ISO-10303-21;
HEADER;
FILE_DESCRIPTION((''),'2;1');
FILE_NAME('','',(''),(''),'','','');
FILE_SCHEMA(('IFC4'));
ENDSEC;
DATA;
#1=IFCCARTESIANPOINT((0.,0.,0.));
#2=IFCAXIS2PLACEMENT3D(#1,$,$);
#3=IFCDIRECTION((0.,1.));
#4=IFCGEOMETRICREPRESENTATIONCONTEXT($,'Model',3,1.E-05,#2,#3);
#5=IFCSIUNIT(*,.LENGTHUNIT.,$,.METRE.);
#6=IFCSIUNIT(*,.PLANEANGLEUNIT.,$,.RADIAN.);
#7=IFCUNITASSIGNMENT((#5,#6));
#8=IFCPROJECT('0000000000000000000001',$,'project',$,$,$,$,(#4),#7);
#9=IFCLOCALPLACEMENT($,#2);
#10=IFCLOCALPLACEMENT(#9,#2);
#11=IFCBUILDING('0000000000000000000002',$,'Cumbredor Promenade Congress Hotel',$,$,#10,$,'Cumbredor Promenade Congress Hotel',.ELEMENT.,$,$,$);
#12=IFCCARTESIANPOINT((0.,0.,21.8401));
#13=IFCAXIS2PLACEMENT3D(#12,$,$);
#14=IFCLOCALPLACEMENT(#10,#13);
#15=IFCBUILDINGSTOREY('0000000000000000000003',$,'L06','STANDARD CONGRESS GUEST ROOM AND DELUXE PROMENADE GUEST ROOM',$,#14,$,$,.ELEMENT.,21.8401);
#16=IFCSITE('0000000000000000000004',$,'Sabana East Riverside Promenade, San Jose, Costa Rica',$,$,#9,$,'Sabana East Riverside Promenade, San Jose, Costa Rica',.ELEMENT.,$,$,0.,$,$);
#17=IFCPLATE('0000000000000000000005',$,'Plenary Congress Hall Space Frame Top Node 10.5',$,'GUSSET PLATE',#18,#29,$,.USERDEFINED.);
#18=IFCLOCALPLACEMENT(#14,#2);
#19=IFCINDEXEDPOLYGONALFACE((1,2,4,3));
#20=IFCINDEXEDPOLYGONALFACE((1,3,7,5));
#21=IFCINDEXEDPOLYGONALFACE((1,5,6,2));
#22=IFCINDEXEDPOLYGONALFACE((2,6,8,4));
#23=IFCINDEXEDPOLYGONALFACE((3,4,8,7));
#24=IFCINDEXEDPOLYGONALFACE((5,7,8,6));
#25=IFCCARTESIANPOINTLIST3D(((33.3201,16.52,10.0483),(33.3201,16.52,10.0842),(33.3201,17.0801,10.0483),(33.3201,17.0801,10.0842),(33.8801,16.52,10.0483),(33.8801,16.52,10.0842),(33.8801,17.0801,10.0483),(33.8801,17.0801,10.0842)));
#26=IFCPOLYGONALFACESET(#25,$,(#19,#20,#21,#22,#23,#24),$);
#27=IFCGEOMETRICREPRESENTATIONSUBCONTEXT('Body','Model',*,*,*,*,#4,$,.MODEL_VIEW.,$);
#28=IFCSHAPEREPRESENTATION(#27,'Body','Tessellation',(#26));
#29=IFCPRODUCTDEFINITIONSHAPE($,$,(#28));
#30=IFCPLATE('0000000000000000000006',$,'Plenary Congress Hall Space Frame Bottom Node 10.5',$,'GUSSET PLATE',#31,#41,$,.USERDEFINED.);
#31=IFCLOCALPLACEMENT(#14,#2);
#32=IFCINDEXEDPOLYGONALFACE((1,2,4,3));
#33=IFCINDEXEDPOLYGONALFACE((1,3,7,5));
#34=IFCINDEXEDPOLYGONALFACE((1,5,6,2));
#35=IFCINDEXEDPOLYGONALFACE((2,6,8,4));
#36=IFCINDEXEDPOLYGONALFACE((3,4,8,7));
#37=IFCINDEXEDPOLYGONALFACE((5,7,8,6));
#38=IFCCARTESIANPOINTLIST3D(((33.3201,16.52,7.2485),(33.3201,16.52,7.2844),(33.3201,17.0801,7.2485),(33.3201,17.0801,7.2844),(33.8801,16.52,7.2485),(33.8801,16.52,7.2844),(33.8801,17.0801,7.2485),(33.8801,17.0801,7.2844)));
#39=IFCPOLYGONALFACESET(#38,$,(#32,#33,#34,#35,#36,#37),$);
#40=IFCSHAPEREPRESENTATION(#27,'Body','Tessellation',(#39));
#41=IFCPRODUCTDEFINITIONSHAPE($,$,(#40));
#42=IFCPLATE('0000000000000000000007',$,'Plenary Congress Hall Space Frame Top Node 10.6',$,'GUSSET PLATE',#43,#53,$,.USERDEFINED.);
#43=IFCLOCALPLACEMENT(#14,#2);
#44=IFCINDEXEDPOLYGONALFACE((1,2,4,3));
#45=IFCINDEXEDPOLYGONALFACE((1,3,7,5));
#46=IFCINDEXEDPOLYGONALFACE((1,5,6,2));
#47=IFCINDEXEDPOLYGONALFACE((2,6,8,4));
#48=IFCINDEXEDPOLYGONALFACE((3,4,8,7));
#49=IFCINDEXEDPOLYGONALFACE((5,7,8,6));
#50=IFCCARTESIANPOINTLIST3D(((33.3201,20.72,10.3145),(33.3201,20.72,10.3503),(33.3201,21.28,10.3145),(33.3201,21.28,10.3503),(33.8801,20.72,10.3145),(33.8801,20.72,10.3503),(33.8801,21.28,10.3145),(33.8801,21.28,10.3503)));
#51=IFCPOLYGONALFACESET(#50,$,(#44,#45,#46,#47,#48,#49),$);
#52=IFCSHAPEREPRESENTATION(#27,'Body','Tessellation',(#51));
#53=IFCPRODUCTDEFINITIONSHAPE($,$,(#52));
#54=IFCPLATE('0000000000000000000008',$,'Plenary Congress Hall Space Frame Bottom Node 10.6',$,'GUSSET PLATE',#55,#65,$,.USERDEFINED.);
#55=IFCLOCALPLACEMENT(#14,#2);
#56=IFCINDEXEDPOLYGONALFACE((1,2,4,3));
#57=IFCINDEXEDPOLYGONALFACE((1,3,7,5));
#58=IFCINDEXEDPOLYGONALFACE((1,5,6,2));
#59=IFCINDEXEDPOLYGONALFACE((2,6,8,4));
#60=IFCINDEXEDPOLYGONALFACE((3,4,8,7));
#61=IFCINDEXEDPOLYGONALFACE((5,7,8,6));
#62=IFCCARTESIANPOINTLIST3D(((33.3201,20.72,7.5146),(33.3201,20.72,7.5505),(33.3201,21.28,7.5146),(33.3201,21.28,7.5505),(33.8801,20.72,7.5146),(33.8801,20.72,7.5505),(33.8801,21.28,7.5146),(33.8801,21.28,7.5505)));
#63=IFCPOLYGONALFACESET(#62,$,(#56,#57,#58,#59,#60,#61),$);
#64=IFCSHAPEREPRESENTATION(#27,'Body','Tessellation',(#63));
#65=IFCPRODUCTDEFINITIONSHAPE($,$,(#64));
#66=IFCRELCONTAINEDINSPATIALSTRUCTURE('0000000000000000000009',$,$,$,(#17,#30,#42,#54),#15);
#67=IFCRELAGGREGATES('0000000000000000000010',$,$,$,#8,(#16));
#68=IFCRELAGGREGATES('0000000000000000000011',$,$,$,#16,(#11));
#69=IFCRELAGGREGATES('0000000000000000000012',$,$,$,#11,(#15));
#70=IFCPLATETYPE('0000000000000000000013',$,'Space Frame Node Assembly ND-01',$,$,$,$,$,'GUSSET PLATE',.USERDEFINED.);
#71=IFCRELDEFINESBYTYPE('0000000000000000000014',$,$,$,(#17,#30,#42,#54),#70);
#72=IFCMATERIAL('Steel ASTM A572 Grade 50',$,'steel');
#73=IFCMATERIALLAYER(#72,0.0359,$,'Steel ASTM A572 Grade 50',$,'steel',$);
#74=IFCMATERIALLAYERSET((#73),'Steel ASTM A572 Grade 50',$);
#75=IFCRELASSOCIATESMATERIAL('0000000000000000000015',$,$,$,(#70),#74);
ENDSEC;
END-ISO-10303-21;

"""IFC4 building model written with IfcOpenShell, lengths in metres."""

from ifc_helpers import new_model, si_unit, direction, frame, origin, origin_2d, place, context, subcontext, project, spatial, rectangle, extrude, material, layer, layer_set, type_object, element, save


model = new_model("IFC4")

# Units and contexts
model_context = context("Model", 3, precision=1e-05, world=origin(), true_north=direction((0.0, 1.0)))
body_context = subcontext(model_context, "Body", "Model", "MODEL_VIEW")
ifc_project = project(units=[si_unit("LENGTHUNIT", "METRE"), si_unit("PLANEANGLEUNIT", "RADIAN")], contexts=[model_context])

# Site, building, storey
site_placement = place(None, origin())
site = spatial("IfcSite", under=ifc_project, at=site_placement, Name="Sabana East Riverside Promenade, San Jose, Costa Rica", LongName="Sabana East Riverside Promenade, San Jose, Costa Rica", CompositionType="ELEMENT", RefElevation=0.0)
building_placement = place(site_placement, origin())
building = spatial("IfcBuilding", under=site, at=building_placement, Name="Cumbredor Promenade Congress Hotel", LongName="Cumbredor Promenade Congress Hotel", CompositionType="ELEMENT")
storey_placement = place(building_placement, frame((0.0, 0.0, 21.8401)))
storey = spatial("IfcBuildingStorey", under=building, at=storey_placement, Name="L06", Description="STANDARD CONGRESS GUEST ROOM AND DELUXE PROMENADE GUEST ROOM", CompositionType="ELEMENT", Elevation=21.8401)

# Plates
ifc_material_1 = material(Name="Steel ASTM A572 Grade 50", Category="steel")
ifc_layer = layer(ifc_material_1, 0.0359, Name="Steel ASTM A572 Grade 50", Category="steel")
ifc_layer_set = layer_set([ifc_layer], Name="Steel ASTM A572 Grade 50")
plate_type = type_object("IfcPlateType", Name="Space Frame Node Assembly ND-01", ElementType="GUSSET PLATE", PredefinedType="USERDEFINED", material=ifc_layer_set)
for number, where, z_axis, x_axis, name in (
    (1, (33.6001, 16.8, 10.0483), (0.0, 0.0, 1.0), (1.0, 0.0, 0.0), "Plenary Congress Hall Space Frame Top Node 10.5"),
    (2, (33.6001, 16.8, 7.2485), (0.0, 0.0, 1.0), (1.0, 0.0, 0.0), "Plenary Congress Hall Space Frame Bottom Node 10.5"),
    (3, (33.6001, 21.0, 10.3145), (0.0, 0.0, 1.0), (1.0, 0.0, 0.0), "Plenary Congress Hall Space Frame Top Node 10.6"),
    (4, (33.6001, 21.0, 7.5146), (0.0, 0.0, 1.0), (1.0, 0.0, 0.0), "Plenary Congress Hall Space Frame Bottom Node 10.6"),
):
    element("IfcPlate", number, at=place(storey_placement, frame(where, z_axis=z_axis, x_axis=x_axis)), inside=storey, type_object=plate_type, Name=name, ObjectType="GUSSET PLATE", PredefinedType="USERDEFINED", context=body_context, shape_type="SweptSolid", body=[
        extrude(rectangle(XDim=0.5601, YDim=0.5601, at=origin_2d()), origin(), (0.0, 0.0, 1.0), 0.0359),
    ])

save(model, "model.ifc")
